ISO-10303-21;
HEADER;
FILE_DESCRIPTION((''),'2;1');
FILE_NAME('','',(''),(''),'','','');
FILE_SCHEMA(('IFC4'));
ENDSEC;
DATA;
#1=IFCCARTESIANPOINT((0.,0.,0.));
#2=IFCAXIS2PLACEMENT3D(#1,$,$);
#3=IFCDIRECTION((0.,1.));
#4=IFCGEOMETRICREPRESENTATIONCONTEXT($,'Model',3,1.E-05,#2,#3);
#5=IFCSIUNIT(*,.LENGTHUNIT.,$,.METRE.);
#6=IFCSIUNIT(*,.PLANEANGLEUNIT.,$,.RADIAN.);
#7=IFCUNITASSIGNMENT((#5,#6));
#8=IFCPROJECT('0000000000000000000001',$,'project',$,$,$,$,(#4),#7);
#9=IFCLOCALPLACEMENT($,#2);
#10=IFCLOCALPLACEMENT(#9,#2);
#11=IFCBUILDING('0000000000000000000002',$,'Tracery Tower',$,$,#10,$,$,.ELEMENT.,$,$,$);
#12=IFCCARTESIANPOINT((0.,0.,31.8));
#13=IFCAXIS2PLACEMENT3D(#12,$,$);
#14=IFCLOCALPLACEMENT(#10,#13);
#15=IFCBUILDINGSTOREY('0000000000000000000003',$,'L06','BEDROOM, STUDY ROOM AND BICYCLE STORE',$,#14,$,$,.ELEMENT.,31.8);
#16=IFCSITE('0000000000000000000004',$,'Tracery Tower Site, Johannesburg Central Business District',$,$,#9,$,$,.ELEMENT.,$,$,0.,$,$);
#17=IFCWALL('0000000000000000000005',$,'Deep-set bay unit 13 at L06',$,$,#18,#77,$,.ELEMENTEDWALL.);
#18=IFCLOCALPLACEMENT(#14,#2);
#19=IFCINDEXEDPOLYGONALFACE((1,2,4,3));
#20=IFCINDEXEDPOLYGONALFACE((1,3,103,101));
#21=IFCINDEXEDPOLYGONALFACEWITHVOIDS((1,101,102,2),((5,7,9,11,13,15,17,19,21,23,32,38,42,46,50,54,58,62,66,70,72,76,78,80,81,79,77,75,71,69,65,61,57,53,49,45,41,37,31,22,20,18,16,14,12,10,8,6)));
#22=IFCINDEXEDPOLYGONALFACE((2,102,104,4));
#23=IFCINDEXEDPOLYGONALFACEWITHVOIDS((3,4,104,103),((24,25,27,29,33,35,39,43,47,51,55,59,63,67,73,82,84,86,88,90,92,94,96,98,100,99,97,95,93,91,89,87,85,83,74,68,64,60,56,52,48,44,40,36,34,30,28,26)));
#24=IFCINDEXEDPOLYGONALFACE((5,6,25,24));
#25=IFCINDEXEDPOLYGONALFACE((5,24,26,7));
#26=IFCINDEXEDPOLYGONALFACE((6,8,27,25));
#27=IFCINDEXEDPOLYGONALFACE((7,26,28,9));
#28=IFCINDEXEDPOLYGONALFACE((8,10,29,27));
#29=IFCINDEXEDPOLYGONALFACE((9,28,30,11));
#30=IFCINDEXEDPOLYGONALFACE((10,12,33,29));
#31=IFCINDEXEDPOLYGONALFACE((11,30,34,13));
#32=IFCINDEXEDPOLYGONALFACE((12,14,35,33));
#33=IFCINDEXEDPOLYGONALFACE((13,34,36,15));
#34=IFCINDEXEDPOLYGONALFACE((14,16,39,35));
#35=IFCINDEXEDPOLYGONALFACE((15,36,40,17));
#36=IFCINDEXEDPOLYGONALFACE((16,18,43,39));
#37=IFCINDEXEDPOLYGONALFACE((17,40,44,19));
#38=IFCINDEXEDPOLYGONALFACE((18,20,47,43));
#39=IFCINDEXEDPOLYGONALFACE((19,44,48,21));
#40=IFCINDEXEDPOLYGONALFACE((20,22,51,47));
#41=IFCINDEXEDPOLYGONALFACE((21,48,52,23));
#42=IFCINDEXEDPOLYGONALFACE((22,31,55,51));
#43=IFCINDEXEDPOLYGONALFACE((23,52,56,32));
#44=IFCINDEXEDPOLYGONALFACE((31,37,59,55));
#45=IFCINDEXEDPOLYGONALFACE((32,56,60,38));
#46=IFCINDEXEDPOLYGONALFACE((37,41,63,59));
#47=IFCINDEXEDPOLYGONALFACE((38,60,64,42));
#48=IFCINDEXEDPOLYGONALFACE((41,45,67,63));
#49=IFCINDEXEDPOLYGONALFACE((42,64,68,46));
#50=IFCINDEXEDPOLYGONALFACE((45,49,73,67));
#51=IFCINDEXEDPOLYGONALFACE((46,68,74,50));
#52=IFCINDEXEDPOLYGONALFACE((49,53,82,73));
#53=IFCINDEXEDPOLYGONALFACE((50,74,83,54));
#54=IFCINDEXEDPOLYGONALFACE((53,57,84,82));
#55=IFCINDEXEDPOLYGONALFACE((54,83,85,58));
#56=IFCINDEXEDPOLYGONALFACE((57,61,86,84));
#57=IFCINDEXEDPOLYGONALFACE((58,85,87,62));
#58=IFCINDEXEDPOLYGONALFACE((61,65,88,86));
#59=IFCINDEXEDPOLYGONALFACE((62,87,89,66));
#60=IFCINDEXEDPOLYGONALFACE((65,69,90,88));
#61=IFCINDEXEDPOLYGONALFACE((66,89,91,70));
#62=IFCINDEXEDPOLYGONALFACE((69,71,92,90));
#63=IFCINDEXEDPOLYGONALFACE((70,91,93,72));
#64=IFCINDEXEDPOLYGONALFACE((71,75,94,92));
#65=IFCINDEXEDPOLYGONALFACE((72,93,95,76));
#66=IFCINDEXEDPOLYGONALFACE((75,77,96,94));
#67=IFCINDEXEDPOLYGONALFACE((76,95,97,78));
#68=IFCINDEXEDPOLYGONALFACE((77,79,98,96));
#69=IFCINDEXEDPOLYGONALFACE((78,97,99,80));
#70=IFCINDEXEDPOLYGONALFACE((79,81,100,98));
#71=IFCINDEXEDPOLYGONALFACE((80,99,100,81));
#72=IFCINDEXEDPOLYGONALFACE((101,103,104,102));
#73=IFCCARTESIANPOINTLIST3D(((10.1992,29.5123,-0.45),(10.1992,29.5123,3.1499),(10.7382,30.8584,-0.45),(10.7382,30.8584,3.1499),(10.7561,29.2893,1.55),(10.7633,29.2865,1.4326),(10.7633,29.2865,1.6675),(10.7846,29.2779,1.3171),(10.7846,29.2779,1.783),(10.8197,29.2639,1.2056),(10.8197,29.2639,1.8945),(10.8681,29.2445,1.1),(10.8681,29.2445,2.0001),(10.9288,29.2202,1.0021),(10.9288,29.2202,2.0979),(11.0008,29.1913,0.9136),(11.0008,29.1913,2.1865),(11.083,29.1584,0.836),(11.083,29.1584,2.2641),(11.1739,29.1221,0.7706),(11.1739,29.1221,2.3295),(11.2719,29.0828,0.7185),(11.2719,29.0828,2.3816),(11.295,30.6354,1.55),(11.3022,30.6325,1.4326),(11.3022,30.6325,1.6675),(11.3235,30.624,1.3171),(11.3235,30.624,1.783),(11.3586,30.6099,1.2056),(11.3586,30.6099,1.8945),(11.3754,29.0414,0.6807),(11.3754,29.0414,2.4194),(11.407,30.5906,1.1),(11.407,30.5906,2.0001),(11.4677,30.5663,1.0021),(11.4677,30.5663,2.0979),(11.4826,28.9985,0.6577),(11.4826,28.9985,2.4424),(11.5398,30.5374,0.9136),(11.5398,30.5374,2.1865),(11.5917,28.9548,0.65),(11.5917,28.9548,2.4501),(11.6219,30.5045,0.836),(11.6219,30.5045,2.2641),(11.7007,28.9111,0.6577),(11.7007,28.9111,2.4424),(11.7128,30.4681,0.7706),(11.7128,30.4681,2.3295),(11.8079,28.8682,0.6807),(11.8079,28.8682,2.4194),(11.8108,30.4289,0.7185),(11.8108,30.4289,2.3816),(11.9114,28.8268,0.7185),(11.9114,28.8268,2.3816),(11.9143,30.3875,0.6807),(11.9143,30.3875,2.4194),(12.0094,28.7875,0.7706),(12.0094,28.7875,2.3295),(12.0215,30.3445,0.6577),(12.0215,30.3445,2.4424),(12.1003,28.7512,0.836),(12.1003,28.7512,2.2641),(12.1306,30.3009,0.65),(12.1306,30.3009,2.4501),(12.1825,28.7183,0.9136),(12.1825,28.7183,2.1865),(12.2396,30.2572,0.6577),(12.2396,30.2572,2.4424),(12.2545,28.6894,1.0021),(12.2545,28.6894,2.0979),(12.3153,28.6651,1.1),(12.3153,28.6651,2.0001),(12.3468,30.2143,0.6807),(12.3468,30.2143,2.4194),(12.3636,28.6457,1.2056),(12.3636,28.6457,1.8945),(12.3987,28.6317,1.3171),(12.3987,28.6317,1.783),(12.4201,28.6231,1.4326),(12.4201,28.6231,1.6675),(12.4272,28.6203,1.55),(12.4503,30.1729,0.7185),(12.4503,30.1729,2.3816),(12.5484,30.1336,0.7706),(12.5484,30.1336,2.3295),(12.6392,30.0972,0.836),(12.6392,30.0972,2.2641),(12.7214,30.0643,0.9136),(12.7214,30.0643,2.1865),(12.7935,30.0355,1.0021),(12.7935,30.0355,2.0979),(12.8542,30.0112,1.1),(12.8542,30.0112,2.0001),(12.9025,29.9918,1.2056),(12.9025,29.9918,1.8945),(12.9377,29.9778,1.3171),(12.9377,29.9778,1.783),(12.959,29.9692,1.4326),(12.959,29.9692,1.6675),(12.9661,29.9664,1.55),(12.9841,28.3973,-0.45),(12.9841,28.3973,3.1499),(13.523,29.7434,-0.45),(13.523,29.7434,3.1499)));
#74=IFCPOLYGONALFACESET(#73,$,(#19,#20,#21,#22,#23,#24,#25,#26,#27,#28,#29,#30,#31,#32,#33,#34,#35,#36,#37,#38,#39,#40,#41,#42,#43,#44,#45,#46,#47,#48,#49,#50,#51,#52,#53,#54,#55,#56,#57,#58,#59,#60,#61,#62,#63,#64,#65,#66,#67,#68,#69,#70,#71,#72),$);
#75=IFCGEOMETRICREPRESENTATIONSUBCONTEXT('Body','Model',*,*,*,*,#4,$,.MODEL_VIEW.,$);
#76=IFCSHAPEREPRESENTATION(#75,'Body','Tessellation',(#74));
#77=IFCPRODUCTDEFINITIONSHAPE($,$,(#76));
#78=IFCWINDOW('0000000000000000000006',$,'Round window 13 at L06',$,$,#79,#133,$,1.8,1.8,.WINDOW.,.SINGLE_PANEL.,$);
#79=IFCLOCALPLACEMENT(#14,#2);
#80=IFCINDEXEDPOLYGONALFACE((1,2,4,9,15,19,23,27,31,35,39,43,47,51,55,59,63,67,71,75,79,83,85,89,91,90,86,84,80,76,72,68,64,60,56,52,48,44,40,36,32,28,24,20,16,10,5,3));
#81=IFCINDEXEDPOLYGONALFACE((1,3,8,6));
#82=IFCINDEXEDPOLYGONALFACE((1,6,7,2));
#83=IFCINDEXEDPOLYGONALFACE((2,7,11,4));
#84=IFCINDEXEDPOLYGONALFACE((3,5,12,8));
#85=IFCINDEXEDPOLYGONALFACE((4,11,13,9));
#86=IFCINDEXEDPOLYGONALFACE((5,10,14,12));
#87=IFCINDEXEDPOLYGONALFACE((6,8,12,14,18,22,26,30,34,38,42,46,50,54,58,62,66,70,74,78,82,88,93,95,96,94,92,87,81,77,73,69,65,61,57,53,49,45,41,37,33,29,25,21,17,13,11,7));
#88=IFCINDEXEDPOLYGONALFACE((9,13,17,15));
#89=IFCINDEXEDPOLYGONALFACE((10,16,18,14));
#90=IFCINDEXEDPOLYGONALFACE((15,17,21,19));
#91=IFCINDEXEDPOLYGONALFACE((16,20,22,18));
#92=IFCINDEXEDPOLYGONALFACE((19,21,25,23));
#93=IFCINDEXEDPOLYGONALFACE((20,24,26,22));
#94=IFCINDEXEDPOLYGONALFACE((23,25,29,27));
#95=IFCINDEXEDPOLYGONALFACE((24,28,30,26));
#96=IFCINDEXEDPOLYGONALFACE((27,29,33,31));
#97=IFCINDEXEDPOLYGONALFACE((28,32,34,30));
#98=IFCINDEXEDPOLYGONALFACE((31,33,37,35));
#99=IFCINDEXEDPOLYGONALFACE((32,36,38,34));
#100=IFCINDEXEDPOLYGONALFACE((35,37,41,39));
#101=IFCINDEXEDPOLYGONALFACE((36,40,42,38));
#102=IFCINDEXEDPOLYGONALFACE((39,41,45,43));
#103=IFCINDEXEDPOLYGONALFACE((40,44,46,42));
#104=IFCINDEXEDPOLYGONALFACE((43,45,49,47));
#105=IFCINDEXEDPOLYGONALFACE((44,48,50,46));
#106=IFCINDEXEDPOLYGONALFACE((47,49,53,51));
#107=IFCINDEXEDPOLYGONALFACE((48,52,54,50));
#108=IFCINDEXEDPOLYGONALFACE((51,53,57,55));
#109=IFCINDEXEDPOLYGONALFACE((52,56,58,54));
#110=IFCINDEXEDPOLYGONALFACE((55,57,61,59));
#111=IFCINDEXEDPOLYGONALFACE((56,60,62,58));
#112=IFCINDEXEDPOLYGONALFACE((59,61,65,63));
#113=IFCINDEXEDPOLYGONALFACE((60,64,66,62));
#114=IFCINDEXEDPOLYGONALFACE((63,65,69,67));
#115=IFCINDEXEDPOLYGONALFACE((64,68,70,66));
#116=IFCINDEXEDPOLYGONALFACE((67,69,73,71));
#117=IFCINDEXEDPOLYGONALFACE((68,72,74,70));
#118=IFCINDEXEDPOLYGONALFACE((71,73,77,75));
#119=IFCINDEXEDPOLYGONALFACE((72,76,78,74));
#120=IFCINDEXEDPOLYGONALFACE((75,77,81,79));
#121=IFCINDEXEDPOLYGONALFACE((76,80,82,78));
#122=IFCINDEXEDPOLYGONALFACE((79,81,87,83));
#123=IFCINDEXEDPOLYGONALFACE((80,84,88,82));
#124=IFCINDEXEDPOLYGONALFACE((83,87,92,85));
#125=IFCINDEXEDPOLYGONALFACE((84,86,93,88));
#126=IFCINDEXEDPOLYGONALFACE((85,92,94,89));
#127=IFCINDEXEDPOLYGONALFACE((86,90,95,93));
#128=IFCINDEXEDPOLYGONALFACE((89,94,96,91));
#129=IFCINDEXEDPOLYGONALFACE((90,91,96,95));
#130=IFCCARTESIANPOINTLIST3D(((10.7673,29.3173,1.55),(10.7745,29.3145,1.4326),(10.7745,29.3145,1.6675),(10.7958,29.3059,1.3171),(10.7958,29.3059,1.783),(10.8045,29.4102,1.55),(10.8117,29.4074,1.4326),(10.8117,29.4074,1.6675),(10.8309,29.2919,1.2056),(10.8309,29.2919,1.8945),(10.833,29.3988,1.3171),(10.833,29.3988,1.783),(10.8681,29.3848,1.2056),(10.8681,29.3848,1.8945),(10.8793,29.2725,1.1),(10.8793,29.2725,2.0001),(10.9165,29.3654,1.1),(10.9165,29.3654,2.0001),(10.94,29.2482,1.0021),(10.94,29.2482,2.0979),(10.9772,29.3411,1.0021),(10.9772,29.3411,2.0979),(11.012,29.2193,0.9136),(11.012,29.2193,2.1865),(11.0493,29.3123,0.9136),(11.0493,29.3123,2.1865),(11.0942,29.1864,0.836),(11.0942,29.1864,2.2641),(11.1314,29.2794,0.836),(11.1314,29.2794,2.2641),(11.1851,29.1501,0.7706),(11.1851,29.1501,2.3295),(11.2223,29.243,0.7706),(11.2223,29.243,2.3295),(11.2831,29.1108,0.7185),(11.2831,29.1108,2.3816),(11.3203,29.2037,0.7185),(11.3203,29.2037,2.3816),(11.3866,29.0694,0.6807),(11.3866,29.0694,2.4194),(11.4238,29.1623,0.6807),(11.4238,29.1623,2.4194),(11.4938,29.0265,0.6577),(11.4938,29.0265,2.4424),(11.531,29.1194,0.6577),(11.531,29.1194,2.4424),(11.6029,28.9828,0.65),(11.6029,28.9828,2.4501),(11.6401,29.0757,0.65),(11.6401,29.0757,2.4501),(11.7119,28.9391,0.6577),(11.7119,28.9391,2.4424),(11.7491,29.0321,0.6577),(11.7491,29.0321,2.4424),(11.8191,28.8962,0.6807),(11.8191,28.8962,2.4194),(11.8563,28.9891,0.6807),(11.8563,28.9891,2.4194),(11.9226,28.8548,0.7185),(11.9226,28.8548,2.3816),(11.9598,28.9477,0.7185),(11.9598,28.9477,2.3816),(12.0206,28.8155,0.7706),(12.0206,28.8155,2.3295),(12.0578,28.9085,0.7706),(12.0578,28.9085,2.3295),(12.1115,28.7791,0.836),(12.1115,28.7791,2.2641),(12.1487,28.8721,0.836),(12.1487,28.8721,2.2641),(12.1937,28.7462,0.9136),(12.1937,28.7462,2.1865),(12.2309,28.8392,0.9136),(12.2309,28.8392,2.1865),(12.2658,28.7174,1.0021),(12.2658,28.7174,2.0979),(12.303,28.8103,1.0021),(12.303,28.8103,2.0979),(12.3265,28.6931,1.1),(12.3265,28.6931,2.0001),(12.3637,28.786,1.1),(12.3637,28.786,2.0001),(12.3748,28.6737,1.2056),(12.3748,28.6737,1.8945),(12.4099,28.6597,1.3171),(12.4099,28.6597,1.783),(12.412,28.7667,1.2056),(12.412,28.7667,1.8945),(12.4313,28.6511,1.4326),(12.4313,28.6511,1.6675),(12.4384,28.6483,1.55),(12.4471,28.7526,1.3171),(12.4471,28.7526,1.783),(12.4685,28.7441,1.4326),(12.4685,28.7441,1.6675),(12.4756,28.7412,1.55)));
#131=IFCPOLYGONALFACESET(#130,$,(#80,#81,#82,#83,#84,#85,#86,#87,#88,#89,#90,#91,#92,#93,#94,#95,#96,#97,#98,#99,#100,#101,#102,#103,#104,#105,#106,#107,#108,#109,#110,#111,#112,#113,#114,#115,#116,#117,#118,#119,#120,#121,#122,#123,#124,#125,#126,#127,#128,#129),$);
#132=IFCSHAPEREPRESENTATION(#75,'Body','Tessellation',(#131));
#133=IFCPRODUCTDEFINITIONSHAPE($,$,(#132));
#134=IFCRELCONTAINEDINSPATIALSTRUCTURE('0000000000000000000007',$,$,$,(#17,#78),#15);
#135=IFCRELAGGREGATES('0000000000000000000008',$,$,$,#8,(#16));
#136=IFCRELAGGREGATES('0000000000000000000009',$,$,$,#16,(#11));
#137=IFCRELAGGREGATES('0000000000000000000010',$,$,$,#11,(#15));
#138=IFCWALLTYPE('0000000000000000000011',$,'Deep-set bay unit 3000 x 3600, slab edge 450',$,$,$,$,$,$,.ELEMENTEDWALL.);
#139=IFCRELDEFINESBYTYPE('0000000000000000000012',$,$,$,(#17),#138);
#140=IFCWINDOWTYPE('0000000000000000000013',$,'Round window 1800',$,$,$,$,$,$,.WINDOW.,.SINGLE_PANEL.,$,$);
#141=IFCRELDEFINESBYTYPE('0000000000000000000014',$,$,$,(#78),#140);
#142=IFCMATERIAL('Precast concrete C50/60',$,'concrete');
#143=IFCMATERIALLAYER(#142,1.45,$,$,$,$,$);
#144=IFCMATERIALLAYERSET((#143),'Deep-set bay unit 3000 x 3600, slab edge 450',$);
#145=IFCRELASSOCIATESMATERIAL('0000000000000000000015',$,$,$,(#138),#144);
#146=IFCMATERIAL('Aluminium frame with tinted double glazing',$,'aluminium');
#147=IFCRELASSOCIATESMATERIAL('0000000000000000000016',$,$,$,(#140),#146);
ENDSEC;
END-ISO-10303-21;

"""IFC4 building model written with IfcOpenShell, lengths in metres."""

from ifc_helpers import new_model, si_unit, direction, frame, frame_2d, origin, origin_2d, place, context, subcontext, project, spatial, rectangle, circle, extrude, material, layer, layer_set, type_object, element, fill, save


model = new_model("IFC4")

# Units and contexts
model_context = context("Model", 3, precision=1e-05, world=origin(), true_north=direction((0.0, 1.0)))
body_context = subcontext(model_context, "Body", "Model", "MODEL_VIEW")
ifc_project = project(units=[si_unit("LENGTHUNIT", "METRE"), si_unit("PLANEANGLEUNIT", "RADIAN")], contexts=[model_context])

# Site, building, storey
site_placement = place(None, origin())
site = spatial("IfcSite", under=ifc_project, at=site_placement, Name="Tracery Tower Site, Johannesburg Central Business District", CompositionType="ELEMENT", RefElevation=0.0)
building_placement = place(site_placement, origin())
building = spatial("IfcBuilding", under=site, at=building_placement, Name="Tracery Tower", CompositionType="ELEMENT")
storey_placement = place(building_placement, frame((0.0, 0.0, 31.8)))
storey = spatial("IfcBuildingStorey", under=building, at=storey_placement, Name="L06", Description="BEDROOM, STUDY ROOM AND BICYCLE STORE", CompositionType="ELEMENT", Elevation=31.8)

# Wall, opening, window
ifc_material_1 = material(Name="Precast concrete C50/60", Category="concrete")
ifc_layer_1 = layer(ifc_material_1, 1.45)
ifc_layer_set_1 = layer_set([ifc_layer_1], Name="Deep-set bay unit 3000 x 3600, slab edge 450")
wall_type_1 = type_object("IfcWallType", Name="Deep-set bay unit 3000 x 3600, slab edge 450", PredefinedType="ELEMENTEDWALL", material=ifc_layer_set_1)
wall_1_placement = place(storey_placement, frame((13.2537, 29.0703, -0.45), z_axis=(0.0, 0.0, 1.0), x_axis=(-0.928359, 0.371685, 0.0)))
wall_1 = element("IfcWall", 1, at=wall_1_placement, inside=storey, type_object=wall_type_1, Name="Deep-set bay unit 13 at L06", PredefinedType="ELEMENTEDWALL", context=body_context, shape_type="SweptSolid", body=[
    extrude(rectangle(XDim=2.9998, YDim=1.45, at=frame_2d((1.5, 0.0))), origin(), (0.0, 0.0, 1.0), 3.5999),
])
opening_1_placement = place(wall_1_placement, frame((1.5, 0.0, 2.0)))
opening_1 = element("IfcOpeningElement", 2, at=opening_1_placement, cuts=wall_1, PredefinedType="OPENING", context=body_context, shape_type="SweptSolid", body=[
    extrude(circle(Radius=0.9, at=origin_2d()), frame((0.0, 0.7349, 0.0), z_axis=(0.0, -1.0, 0.0), x_axis=(1.0, 0.0, 0.0)), (0.0, 0.0, 1.0), 1.47),
])
ifc_material_2 = material(Name="Aluminium frame with tinted double glazing", Category="aluminium")
window_type = type_object("IfcWindowType", Name="Round window 1800", PartitioningType="SINGLE_PANEL", PredefinedType="WINDOW", material=ifc_material_2)
window_1_placement = place(opening_1_placement, origin())
window_1 = element("IfcWindow", 3, at=window_1_placement, inside=storey, type_object=window_type, Name="Round window 13 at L06", OverallHeight=1.8, OverallWidth=1.8, PartitioningType="SINGLE_PANEL", PredefinedType="WINDOW", context=body_context, shape_type="SweptSolid", body=[
    extrude(circle(Radius=0.9, at=origin_2d()), frame((0.0, 0.6948, 0.0), z_axis=(0.0, -1.0, 0.0), x_axis=(1.0, 0.0, 0.0)), (0.0, 0.0, 1.0), 0.1001),
])
fill(opening_1, window_1)

save(model, "model.ifc")
